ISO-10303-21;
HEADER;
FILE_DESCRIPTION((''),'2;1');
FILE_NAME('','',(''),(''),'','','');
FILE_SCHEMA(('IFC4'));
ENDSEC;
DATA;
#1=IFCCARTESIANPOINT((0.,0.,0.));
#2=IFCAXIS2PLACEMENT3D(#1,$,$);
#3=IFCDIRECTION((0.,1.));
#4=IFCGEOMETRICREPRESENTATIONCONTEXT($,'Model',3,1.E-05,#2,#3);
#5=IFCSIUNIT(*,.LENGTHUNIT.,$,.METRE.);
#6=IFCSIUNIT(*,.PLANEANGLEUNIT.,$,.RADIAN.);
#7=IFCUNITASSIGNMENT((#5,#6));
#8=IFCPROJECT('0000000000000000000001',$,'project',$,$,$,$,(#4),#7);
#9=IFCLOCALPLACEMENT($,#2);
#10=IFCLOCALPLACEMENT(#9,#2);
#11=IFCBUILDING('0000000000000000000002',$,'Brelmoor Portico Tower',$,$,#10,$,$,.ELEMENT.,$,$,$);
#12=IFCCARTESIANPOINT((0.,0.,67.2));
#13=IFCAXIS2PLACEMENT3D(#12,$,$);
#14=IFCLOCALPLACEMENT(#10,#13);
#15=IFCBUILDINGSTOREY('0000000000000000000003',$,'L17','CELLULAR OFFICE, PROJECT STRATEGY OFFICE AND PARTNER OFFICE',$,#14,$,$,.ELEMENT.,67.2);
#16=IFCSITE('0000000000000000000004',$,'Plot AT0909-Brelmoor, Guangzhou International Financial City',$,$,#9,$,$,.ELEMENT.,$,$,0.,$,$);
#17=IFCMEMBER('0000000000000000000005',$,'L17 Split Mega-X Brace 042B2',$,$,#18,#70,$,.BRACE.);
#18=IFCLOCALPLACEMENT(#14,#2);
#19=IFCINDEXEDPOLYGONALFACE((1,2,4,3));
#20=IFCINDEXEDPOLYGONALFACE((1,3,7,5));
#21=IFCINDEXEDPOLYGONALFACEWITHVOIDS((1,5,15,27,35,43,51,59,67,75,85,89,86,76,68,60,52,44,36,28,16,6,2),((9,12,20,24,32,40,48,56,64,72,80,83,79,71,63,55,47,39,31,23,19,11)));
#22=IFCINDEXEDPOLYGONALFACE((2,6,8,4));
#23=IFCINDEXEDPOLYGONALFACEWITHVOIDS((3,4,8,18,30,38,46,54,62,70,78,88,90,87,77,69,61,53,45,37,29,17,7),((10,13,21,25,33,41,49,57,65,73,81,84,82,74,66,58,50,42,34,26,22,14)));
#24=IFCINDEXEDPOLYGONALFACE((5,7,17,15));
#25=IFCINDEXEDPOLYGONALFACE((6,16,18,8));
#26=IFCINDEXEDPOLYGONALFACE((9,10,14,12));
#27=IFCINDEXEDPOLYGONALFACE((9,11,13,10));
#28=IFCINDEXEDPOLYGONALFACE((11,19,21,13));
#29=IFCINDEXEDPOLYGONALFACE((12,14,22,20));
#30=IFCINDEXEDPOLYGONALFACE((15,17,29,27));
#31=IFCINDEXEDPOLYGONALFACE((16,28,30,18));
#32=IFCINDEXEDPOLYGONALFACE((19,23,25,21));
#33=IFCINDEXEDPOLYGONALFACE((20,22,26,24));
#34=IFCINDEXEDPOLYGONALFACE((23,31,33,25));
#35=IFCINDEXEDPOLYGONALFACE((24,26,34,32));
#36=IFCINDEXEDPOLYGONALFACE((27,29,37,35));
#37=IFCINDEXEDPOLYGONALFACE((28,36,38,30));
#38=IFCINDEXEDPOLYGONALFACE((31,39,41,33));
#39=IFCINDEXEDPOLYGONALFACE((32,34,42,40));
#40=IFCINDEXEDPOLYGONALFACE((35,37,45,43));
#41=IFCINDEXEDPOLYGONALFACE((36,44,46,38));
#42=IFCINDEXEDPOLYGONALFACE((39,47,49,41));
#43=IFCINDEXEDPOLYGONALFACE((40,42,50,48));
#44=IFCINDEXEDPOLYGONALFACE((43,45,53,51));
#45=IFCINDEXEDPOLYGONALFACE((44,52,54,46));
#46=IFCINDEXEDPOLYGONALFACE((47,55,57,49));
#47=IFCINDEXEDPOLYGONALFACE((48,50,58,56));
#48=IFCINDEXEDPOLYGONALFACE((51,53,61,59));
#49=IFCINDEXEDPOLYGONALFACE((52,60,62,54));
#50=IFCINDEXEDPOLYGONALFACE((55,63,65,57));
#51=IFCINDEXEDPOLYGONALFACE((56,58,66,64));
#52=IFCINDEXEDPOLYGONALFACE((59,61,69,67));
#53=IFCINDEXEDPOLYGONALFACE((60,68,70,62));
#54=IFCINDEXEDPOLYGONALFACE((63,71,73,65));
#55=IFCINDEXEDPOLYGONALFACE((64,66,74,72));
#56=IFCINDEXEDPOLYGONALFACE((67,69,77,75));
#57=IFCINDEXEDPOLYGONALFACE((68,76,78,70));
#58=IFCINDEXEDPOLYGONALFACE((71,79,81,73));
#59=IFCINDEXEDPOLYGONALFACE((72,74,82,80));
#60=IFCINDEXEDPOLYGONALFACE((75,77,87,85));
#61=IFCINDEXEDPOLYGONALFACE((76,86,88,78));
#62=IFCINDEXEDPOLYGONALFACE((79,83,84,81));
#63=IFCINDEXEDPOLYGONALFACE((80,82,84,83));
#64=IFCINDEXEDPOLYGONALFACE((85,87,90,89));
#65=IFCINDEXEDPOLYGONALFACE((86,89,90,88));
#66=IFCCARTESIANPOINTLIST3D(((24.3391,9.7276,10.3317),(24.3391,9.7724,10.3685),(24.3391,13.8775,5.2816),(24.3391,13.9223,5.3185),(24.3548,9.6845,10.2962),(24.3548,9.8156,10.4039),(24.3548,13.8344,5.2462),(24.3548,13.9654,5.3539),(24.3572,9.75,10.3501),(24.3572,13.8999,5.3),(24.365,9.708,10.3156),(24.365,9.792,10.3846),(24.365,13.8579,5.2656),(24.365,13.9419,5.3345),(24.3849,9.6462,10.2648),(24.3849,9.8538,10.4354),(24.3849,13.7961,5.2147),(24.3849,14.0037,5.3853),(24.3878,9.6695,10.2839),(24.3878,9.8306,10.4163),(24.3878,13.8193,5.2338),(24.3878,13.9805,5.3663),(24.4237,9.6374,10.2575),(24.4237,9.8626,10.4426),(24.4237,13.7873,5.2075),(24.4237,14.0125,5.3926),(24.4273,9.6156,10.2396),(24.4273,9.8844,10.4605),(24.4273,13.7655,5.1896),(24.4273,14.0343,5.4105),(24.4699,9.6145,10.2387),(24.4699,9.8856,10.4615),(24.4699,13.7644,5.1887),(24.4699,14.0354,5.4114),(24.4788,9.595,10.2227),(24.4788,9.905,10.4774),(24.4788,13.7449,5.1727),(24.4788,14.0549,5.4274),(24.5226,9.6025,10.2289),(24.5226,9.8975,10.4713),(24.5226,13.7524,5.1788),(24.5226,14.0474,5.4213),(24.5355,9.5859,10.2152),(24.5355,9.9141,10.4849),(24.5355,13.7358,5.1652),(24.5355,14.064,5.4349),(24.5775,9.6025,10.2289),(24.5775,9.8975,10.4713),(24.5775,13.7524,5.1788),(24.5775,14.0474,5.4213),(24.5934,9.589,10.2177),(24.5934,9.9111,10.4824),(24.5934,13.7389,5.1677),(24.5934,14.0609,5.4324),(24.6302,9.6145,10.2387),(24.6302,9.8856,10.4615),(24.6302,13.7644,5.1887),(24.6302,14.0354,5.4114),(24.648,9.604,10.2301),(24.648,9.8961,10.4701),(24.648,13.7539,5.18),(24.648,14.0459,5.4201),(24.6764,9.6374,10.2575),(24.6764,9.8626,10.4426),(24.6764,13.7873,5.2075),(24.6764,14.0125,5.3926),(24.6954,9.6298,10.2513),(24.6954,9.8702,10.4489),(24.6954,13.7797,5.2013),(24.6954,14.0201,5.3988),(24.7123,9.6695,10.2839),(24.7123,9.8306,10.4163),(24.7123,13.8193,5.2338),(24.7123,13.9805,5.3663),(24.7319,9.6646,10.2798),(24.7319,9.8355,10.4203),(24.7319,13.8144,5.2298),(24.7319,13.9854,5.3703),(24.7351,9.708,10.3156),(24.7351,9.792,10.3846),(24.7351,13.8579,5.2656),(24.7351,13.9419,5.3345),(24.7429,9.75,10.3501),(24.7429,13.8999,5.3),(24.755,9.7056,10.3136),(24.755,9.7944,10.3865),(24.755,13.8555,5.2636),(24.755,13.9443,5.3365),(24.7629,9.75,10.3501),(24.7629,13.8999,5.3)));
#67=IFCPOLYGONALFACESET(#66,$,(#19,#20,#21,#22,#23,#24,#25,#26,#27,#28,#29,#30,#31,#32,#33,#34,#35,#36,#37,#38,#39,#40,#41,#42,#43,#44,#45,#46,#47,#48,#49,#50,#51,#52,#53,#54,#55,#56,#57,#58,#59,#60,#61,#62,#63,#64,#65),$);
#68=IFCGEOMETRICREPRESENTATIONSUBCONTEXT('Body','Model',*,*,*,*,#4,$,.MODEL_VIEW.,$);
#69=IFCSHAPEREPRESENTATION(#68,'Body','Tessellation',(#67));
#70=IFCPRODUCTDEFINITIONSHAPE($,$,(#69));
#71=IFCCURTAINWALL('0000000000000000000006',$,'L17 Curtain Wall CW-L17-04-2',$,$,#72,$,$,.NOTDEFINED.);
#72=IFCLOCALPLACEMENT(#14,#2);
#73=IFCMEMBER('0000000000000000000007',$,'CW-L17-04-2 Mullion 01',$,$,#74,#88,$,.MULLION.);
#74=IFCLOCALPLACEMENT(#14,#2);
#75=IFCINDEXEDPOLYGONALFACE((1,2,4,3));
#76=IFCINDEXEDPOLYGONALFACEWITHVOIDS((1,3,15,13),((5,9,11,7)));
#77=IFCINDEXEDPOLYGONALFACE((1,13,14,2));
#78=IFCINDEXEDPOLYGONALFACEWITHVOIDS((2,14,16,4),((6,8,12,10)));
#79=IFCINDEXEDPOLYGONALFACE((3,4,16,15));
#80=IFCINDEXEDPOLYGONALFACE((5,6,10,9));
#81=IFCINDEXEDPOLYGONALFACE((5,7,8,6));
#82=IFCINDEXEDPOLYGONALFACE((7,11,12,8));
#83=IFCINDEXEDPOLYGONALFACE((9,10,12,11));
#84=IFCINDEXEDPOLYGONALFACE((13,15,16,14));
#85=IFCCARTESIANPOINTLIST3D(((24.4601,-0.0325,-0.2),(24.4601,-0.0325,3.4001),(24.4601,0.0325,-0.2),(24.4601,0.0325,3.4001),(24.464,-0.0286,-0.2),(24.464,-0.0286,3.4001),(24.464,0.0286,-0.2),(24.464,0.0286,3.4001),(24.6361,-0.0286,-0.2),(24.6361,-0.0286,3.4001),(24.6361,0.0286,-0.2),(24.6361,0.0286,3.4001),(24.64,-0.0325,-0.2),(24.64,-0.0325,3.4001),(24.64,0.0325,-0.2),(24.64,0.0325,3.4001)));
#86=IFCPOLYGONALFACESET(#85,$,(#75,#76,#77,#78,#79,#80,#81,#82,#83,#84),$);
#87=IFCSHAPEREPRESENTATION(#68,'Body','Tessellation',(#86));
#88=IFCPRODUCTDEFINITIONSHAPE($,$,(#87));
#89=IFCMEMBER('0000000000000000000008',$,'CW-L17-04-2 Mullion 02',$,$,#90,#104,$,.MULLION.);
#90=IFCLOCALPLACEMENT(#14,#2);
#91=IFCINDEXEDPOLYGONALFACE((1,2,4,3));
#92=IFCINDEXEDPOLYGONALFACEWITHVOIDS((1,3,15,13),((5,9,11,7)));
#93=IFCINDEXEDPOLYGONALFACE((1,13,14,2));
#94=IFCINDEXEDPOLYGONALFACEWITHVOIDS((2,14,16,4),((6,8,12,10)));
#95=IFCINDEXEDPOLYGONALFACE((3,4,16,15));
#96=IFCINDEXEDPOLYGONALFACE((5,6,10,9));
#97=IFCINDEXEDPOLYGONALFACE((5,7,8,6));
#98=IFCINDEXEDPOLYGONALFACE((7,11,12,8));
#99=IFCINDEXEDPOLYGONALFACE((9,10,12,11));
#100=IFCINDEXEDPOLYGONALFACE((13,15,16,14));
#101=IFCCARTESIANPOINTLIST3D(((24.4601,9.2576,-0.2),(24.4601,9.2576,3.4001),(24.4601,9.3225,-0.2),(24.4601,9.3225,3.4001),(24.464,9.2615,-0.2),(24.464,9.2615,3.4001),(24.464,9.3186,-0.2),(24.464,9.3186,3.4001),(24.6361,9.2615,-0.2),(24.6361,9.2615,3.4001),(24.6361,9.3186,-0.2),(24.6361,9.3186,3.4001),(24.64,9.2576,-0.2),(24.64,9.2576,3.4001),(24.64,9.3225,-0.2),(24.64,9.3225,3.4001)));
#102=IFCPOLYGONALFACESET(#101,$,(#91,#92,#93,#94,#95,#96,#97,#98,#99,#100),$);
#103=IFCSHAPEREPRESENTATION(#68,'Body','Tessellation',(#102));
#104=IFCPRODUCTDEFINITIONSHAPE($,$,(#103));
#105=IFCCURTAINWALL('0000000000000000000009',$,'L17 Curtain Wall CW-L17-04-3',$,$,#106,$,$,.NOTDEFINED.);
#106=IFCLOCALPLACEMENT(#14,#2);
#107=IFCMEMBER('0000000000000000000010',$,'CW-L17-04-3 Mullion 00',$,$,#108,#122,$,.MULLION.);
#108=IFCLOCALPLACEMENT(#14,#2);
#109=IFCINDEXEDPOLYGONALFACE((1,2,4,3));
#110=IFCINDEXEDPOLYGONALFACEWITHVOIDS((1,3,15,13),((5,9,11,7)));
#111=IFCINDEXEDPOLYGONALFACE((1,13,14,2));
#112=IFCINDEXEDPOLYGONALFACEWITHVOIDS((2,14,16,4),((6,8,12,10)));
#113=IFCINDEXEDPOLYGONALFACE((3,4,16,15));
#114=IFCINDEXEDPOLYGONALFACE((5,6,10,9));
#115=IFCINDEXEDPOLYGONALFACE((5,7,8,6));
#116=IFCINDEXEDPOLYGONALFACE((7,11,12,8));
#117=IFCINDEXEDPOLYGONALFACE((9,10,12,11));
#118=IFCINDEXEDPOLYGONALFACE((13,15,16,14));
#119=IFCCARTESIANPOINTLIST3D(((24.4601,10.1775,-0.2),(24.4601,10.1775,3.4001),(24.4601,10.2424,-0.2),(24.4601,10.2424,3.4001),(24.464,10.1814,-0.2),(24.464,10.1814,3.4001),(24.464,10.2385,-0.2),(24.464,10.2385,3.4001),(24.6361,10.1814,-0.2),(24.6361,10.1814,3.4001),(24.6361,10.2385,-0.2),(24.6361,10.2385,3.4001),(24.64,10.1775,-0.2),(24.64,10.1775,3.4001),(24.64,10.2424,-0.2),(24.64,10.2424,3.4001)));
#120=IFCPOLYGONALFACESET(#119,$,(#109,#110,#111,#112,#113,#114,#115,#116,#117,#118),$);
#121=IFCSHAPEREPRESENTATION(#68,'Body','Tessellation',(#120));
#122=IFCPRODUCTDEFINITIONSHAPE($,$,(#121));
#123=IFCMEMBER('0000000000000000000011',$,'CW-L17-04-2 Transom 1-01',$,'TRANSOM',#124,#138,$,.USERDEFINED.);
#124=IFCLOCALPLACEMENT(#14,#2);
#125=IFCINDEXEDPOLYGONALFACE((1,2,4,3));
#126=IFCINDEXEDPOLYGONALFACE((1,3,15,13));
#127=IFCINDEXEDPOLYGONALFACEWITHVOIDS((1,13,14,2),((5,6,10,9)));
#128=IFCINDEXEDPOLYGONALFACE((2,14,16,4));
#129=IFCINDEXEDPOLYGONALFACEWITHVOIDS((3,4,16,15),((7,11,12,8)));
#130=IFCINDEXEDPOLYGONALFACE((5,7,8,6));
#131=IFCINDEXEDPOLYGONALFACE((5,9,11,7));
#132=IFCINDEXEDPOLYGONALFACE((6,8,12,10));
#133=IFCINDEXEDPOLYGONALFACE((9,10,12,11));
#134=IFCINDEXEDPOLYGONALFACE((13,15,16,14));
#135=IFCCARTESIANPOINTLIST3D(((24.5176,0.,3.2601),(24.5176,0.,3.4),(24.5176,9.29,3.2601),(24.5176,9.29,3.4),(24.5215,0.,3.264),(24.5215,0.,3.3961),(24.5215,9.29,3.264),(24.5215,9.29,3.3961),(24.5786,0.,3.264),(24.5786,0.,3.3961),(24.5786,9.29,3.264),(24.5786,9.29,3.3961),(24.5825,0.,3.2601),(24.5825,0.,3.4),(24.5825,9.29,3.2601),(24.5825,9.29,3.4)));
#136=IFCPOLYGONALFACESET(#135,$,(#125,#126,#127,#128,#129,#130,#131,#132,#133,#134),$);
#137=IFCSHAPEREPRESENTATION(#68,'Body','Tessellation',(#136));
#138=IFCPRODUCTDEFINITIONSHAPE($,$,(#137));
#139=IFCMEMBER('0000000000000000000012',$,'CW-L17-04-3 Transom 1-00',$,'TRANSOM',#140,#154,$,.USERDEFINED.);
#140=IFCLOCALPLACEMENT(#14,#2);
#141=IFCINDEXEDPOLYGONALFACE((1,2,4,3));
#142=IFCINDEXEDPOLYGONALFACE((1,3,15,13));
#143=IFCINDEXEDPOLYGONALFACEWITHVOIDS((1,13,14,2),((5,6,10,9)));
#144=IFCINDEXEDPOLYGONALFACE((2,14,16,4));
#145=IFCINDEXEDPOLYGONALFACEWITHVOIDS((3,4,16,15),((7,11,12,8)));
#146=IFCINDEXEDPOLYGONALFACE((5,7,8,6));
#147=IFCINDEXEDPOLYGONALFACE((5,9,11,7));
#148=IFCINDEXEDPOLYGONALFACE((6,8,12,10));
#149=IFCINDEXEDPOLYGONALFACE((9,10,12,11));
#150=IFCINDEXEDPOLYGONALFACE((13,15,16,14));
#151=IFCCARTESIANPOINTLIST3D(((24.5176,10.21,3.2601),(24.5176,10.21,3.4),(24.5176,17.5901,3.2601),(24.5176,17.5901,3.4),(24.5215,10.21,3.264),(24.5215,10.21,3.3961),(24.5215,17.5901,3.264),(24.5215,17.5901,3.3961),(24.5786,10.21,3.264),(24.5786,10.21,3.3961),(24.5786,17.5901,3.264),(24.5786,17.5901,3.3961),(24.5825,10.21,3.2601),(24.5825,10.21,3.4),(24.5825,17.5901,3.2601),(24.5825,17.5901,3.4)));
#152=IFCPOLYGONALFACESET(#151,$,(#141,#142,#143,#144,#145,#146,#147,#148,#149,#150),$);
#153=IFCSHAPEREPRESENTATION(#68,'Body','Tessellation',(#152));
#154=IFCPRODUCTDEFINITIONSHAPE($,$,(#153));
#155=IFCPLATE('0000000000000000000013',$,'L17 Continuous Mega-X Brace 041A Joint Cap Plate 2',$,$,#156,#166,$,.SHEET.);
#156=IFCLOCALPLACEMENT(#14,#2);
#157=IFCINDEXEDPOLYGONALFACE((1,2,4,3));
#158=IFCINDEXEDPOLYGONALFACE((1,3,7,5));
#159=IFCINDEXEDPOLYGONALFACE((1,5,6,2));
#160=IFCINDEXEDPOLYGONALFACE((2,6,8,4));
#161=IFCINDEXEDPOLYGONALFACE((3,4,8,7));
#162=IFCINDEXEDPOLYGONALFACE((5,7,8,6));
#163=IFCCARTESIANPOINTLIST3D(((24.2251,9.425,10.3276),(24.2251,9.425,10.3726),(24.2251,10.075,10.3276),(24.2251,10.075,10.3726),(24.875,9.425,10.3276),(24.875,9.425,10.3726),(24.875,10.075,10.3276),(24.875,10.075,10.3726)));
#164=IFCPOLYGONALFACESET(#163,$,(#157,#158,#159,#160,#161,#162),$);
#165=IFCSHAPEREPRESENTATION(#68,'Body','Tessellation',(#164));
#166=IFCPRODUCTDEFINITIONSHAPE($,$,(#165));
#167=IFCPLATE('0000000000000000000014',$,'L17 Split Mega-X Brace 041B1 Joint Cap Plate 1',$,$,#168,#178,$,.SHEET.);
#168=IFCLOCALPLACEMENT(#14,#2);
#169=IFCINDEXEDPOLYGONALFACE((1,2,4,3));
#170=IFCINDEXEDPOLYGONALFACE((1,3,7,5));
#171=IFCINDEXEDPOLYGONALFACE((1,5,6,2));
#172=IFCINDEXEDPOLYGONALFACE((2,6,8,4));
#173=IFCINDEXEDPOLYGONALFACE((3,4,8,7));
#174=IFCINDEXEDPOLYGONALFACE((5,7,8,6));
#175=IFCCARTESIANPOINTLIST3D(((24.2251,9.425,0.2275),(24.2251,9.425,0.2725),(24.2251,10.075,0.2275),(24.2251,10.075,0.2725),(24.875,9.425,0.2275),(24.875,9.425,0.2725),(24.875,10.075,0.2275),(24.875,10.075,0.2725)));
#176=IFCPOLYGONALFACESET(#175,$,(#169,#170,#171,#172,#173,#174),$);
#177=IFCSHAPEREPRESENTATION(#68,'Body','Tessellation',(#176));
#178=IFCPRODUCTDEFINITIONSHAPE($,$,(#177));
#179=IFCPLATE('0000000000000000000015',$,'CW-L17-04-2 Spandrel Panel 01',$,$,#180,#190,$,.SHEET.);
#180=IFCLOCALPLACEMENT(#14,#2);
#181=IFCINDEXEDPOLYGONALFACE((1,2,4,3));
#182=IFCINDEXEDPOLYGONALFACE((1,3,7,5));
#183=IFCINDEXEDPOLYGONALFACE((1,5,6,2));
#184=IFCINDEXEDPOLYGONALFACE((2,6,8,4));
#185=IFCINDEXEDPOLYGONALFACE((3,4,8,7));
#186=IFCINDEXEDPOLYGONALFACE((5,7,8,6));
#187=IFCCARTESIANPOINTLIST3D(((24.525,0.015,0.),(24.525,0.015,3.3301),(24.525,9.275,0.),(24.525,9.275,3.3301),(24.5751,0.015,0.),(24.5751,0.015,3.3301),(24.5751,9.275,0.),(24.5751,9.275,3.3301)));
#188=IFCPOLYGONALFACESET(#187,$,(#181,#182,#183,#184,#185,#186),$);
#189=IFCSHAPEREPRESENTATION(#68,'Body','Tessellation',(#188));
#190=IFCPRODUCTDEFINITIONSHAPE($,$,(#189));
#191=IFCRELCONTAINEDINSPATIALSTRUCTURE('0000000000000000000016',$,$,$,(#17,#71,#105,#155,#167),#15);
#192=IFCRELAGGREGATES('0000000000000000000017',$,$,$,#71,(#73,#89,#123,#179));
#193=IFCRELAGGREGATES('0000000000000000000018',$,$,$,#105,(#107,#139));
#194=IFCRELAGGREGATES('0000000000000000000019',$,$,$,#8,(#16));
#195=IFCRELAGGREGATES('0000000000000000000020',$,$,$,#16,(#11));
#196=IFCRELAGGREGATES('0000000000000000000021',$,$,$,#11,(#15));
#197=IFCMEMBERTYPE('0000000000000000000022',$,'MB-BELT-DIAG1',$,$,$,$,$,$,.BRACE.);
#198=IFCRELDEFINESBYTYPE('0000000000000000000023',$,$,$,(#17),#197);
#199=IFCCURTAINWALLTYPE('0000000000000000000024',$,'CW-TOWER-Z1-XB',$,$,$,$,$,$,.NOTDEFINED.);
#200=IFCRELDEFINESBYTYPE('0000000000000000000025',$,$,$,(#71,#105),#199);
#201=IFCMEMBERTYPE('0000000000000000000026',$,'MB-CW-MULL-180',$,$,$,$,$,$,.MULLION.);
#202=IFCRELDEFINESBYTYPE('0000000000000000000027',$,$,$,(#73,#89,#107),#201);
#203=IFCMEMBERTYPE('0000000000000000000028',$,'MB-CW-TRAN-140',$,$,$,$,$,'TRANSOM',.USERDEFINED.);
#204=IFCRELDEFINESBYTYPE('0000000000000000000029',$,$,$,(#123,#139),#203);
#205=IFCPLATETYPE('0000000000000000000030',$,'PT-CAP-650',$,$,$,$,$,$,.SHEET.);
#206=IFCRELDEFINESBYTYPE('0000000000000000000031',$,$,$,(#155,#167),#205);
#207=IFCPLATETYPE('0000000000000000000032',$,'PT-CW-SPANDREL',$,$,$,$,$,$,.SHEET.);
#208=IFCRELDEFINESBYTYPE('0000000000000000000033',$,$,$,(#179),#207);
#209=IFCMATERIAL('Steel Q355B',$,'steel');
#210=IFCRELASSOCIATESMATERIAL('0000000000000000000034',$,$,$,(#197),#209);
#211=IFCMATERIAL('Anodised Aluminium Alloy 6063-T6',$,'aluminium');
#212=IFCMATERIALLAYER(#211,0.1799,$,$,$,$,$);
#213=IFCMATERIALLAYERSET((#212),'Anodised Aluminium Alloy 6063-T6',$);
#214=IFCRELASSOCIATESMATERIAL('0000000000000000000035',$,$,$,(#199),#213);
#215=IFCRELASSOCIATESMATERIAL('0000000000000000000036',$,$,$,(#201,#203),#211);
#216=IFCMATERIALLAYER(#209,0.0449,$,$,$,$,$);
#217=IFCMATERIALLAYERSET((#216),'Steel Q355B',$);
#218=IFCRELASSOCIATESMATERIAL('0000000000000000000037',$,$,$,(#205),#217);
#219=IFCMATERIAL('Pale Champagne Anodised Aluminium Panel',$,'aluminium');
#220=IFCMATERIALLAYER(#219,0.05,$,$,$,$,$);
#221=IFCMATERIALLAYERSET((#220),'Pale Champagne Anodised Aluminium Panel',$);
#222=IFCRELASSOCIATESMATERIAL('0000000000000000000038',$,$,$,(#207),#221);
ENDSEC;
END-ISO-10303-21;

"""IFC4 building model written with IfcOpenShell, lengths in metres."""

from ifc_helpers import new_model, si_unit, direction, frame, origin, origin_2d, place, context, subcontext, project, spatial, rectangle, hollow_rectangle, hollow_circle, extrude, material, layer, layer_set, material_profile, profile_set, type_object, element, aggregate, save


model = new_model("IFC4")

# Units and contexts
model_context = context("Model", 3, precision=1e-05, world=origin(), true_north=direction((0.0, 1.0)))
body_context = subcontext(model_context, "Body", "Model", "MODEL_VIEW")
ifc_project = project(units=[si_unit("LENGTHUNIT", "METRE"), si_unit("PLANEANGLEUNIT", "RADIAN")], contexts=[model_context])

# Site, building, storey
site_placement = place(None, origin())
site = spatial("IfcSite", under=ifc_project, at=site_placement, Name="Plot AT0909-Brelmoor, Guangzhou International Financial City", CompositionType="ELEMENT", RefElevation=0.0)
building_placement = place(site_placement, origin())
building = spatial("IfcBuilding", under=site, at=building_placement, Name="Brelmoor Portico Tower", CompositionType="ELEMENT")
storey_placement = place(building_placement, frame((0.0, 0.0, 67.2)))
storey = spatial("IfcBuildingStorey", under=building, at=storey_placement, Name="L17", Description="CELLULAR OFFICE, PROJECT STRATEGY OFFICE AND PARTNER OFFICE", CompositionType="ELEMENT", Elevation=67.2)

# Shared definitions
ifc_material_1 = material(Name="Steel Q355B", Category="steel")

# Member
ifc_material_profile_1 = material_profile(ifc_material_1, hollow_circle(Radius=0.2129, WallThickness=0.02, at=origin_2d()), Name="CHS 426x20")
ifc_profile_set_1 = profile_set([ifc_material_profile_1], Name="Steel Q355B")
member_type_1 = type_object("IfcMemberType", Name="MB-BELT-DIAG1", PredefinedType="BRACE", material=ifc_profile_set_1)
member_1_placement = place(storey_placement, frame((24.55, 13.8999, 5.3), z_axis=(0.0, -0.63489, 0.772603), x_axis=(1.0, 0.0, 0.0)))
element("IfcMember", 1, at=member_1_placement, inside=storey, type_object=member_type_1, Name="L17 Split Mega-X Brace 042B2", PredefinedType="BRACE", context=body_context, shape_type="SweptSolid", body=[
    extrude(hollow_circle(Radius=0.2129, WallThickness=0.02, at=origin_2d()), origin(), (0.0, 0.0, 1.0), 6.5364),
])

# Curtain wall, members
ifc_material_2 = material(Name="Anodised Aluminium Alloy 6063-T6", Category="aluminium")
ifc_layer_1 = layer(ifc_material_2, 0.1799)
ifc_layer_set_1 = layer_set([ifc_layer_1], Name="Anodised Aluminium Alloy 6063-T6")
curtain_wall_type = type_object("IfcCurtainWallType", Name="CW-TOWER-Z1-XB", PredefinedType="NOTDEFINED", material=ifc_layer_set_1)
curtain_wall_1_placement = place(storey_placement, origin())
curtain_wall_1 = element("IfcCurtainWall", 2, at=curtain_wall_1_placement, inside=storey, type_object=curtain_wall_type, Name="L17 Curtain Wall CW-L17-04-2", PredefinedType="NOTDEFINED")
ifc_material_profile_2 = material_profile(ifc_material_2, hollow_rectangle(XDim=0.0649, YDim=0.1799, WallThickness=0.0039, at=origin_2d()), Name="ALU MULLION 65x180")
ifc_profile_set_2 = profile_set([ifc_material_profile_2], Name="Anodised Aluminium Alloy 6063-T6")
member_type_2 = type_object("IfcMemberType", Name="MB-CW-MULL-180", PredefinedType="MULLION", material=ifc_profile_set_2)
member_2_placement = place(storey_placement, frame((24.55, 0.0, -0.2), z_axis=(0.0, 0.0, 1.0), x_axis=(0.0, 1.0, 0.0)))
member_2 = element("IfcMember", 3, at=member_2_placement, type_object=member_type_2, Name="CW-L17-04-2 Mullion 01", PredefinedType="MULLION", context=body_context, shape_type="SweptSolid", body=[
    extrude(hollow_rectangle(XDim=0.0649, YDim=0.1799, WallThickness=0.0039, at=origin_2d()), origin(), (0.0, 0.0, 1.0), 3.6001),
])
member_3_placement = place(storey_placement, frame((24.55, 9.29, -0.2), z_axis=(0.0, 0.0, 1.0), x_axis=(0.0, 1.0, 0.0)))
member_3 = element("IfcMember", 4, at=member_3_placement, type_object=member_type_2, Name="CW-L17-04-2 Mullion 02", PredefinedType="MULLION", context=body_context, shape_type="SweptSolid", body=[
    extrude(hollow_rectangle(XDim=0.0649, YDim=0.1799, WallThickness=0.0039, at=origin_2d()), origin(), (0.0, 0.0, 1.0), 3.6001),
])

# Curtain wall, member
curtain_wall_2_placement = place(storey_placement, origin())
curtain_wall_2 = element("IfcCurtainWall", 5, at=curtain_wall_2_placement, inside=storey, type_object=curtain_wall_type, Name="L17 Curtain Wall CW-L17-04-3", PredefinedType="NOTDEFINED")
member_4_placement = place(storey_placement, frame((24.55, 10.21, -0.2), z_axis=(0.0, 0.0, 1.0), x_axis=(0.0, 1.0, 0.0)))
member_4 = element("IfcMember", 6, at=member_4_placement, type_object=member_type_2, Name="CW-L17-04-3 Mullion 00", PredefinedType="MULLION", context=body_context, shape_type="SweptSolid", body=[
    extrude(hollow_rectangle(XDim=0.0649, YDim=0.1799, WallThickness=0.0039, at=origin_2d()), origin(), (0.0, 0.0, 1.0), 3.6001),
])

# Members
ifc_material_profile_3 = material_profile(ifc_material_2, hollow_rectangle(XDim=0.0649, YDim=0.1399, WallThickness=0.0039, at=origin_2d()), Name="ALU TRANSOM 65x140")
ifc_profile_set_3 = profile_set([ifc_material_profile_3], Name="Anodised Aluminium Alloy 6063-T6")
member_type_3 = type_object("IfcMemberType", Name="MB-CW-TRAN-140", ElementType="TRANSOM", PredefinedType="USERDEFINED", material=ifc_profile_set_3)
member_5_placement = place(storey_placement, frame((24.55, 0.0, 3.3301), z_axis=(0.0, 1.0, 0.0), x_axis=(-1.0, 0.0, 0.0)))
member_5 = element("IfcMember", 7, at=member_5_placement, type_object=member_type_3, Name="CW-L17-04-2 Transom 1-01", ObjectType="TRANSOM", PredefinedType="USERDEFINED", context=body_context, shape_type="SweptSolid", body=[
    extrude(hollow_rectangle(XDim=0.0649, YDim=0.1399, WallThickness=0.0039, at=origin_2d()), origin(), (0.0, 0.0, 1.0), 9.29),
])
member_6_placement = place(storey_placement, frame((24.55, 10.21, 3.3301), z_axis=(0.0, 1.0, 0.0), x_axis=(-1.0, 0.0, 0.0)))
member_6 = element("IfcMember", 8, at=member_6_placement, type_object=member_type_3, Name="CW-L17-04-3 Transom 1-00", ObjectType="TRANSOM", PredefinedType="USERDEFINED", context=body_context, shape_type="SweptSolid", body=[
    extrude(hollow_rectangle(XDim=0.0649, YDim=0.1399, WallThickness=0.0039, at=origin_2d()), origin(), (0.0, 0.0, 1.0), 7.3801),
])

# Plates
ifc_layer_2 = layer(ifc_material_1, 0.0449)
ifc_layer_set_2 = layer_set([ifc_layer_2], Name="Steel Q355B")
plate_type_1 = type_object("IfcPlateType", Name="PT-CAP-650", PredefinedType="SHEET", material=ifc_layer_set_2)
for number, where, z_axis, x_axis, name in (
    (9, (24.55, 9.75, 10.3276), (0.0, 0.0, 1.0), (1.0, 0.0, 0.0), "L17 Continuous Mega-X Brace 041A Joint Cap Plate 2"),
    (10, (24.55, 9.75, 0.2275), (0.0, 0.0, 1.0), (1.0, 0.0, 0.0), "L17 Split Mega-X Brace 041B1 Joint Cap Plate 1"),
):
    element("IfcPlate", number, at=place(storey_placement, frame(where, z_axis=z_axis, x_axis=x_axis)), inside=storey, type_object=plate_type_1, Name=name, PredefinedType="SHEET", context=body_context, shape_type="SweptSolid", body=[
        extrude(rectangle(XDim=0.6499, YDim=0.6499, at=origin_2d()), origin(), (0.0, 0.0, 1.0), 0.0449),
    ])

# Plate
ifc_material_3 = material(Name="Pale Champagne Anodised Aluminium Panel", Category="aluminium")
ifc_layer_3 = layer(ifc_material_3, 0.05)
ifc_layer_set_3 = layer_set([ifc_layer_3], Name="Pale Champagne Anodised Aluminium Panel")
plate_type_2 = type_object("IfcPlateType", Name="PT-CW-SPANDREL", PredefinedType="SHEET", material=ifc_layer_set_3)
plate_1_placement = place(storey_placement, frame((24.55, 4.645, 0.0), z_axis=(0.0, 0.0, 1.0), x_axis=(0.0, 1.0, 0.0)))
plate_1 = element("IfcPlate", 11, at=plate_1_placement, type_object=plate_type_2, Name="CW-L17-04-2 Spandrel Panel 01", PredefinedType="SHEET", context=body_context, shape_type="SweptSolid", body=[
    extrude(rectangle(XDim=9.26, YDim=0.05, at=origin_2d()), origin(), (0.0, 0.0, 1.0), 3.3301),
])
aggregate(curtain_wall_1, [member_2, member_3, member_5, plate_1])
aggregate(curtain_wall_2, [member_4, member_6])

save(model, "model.ifc")
